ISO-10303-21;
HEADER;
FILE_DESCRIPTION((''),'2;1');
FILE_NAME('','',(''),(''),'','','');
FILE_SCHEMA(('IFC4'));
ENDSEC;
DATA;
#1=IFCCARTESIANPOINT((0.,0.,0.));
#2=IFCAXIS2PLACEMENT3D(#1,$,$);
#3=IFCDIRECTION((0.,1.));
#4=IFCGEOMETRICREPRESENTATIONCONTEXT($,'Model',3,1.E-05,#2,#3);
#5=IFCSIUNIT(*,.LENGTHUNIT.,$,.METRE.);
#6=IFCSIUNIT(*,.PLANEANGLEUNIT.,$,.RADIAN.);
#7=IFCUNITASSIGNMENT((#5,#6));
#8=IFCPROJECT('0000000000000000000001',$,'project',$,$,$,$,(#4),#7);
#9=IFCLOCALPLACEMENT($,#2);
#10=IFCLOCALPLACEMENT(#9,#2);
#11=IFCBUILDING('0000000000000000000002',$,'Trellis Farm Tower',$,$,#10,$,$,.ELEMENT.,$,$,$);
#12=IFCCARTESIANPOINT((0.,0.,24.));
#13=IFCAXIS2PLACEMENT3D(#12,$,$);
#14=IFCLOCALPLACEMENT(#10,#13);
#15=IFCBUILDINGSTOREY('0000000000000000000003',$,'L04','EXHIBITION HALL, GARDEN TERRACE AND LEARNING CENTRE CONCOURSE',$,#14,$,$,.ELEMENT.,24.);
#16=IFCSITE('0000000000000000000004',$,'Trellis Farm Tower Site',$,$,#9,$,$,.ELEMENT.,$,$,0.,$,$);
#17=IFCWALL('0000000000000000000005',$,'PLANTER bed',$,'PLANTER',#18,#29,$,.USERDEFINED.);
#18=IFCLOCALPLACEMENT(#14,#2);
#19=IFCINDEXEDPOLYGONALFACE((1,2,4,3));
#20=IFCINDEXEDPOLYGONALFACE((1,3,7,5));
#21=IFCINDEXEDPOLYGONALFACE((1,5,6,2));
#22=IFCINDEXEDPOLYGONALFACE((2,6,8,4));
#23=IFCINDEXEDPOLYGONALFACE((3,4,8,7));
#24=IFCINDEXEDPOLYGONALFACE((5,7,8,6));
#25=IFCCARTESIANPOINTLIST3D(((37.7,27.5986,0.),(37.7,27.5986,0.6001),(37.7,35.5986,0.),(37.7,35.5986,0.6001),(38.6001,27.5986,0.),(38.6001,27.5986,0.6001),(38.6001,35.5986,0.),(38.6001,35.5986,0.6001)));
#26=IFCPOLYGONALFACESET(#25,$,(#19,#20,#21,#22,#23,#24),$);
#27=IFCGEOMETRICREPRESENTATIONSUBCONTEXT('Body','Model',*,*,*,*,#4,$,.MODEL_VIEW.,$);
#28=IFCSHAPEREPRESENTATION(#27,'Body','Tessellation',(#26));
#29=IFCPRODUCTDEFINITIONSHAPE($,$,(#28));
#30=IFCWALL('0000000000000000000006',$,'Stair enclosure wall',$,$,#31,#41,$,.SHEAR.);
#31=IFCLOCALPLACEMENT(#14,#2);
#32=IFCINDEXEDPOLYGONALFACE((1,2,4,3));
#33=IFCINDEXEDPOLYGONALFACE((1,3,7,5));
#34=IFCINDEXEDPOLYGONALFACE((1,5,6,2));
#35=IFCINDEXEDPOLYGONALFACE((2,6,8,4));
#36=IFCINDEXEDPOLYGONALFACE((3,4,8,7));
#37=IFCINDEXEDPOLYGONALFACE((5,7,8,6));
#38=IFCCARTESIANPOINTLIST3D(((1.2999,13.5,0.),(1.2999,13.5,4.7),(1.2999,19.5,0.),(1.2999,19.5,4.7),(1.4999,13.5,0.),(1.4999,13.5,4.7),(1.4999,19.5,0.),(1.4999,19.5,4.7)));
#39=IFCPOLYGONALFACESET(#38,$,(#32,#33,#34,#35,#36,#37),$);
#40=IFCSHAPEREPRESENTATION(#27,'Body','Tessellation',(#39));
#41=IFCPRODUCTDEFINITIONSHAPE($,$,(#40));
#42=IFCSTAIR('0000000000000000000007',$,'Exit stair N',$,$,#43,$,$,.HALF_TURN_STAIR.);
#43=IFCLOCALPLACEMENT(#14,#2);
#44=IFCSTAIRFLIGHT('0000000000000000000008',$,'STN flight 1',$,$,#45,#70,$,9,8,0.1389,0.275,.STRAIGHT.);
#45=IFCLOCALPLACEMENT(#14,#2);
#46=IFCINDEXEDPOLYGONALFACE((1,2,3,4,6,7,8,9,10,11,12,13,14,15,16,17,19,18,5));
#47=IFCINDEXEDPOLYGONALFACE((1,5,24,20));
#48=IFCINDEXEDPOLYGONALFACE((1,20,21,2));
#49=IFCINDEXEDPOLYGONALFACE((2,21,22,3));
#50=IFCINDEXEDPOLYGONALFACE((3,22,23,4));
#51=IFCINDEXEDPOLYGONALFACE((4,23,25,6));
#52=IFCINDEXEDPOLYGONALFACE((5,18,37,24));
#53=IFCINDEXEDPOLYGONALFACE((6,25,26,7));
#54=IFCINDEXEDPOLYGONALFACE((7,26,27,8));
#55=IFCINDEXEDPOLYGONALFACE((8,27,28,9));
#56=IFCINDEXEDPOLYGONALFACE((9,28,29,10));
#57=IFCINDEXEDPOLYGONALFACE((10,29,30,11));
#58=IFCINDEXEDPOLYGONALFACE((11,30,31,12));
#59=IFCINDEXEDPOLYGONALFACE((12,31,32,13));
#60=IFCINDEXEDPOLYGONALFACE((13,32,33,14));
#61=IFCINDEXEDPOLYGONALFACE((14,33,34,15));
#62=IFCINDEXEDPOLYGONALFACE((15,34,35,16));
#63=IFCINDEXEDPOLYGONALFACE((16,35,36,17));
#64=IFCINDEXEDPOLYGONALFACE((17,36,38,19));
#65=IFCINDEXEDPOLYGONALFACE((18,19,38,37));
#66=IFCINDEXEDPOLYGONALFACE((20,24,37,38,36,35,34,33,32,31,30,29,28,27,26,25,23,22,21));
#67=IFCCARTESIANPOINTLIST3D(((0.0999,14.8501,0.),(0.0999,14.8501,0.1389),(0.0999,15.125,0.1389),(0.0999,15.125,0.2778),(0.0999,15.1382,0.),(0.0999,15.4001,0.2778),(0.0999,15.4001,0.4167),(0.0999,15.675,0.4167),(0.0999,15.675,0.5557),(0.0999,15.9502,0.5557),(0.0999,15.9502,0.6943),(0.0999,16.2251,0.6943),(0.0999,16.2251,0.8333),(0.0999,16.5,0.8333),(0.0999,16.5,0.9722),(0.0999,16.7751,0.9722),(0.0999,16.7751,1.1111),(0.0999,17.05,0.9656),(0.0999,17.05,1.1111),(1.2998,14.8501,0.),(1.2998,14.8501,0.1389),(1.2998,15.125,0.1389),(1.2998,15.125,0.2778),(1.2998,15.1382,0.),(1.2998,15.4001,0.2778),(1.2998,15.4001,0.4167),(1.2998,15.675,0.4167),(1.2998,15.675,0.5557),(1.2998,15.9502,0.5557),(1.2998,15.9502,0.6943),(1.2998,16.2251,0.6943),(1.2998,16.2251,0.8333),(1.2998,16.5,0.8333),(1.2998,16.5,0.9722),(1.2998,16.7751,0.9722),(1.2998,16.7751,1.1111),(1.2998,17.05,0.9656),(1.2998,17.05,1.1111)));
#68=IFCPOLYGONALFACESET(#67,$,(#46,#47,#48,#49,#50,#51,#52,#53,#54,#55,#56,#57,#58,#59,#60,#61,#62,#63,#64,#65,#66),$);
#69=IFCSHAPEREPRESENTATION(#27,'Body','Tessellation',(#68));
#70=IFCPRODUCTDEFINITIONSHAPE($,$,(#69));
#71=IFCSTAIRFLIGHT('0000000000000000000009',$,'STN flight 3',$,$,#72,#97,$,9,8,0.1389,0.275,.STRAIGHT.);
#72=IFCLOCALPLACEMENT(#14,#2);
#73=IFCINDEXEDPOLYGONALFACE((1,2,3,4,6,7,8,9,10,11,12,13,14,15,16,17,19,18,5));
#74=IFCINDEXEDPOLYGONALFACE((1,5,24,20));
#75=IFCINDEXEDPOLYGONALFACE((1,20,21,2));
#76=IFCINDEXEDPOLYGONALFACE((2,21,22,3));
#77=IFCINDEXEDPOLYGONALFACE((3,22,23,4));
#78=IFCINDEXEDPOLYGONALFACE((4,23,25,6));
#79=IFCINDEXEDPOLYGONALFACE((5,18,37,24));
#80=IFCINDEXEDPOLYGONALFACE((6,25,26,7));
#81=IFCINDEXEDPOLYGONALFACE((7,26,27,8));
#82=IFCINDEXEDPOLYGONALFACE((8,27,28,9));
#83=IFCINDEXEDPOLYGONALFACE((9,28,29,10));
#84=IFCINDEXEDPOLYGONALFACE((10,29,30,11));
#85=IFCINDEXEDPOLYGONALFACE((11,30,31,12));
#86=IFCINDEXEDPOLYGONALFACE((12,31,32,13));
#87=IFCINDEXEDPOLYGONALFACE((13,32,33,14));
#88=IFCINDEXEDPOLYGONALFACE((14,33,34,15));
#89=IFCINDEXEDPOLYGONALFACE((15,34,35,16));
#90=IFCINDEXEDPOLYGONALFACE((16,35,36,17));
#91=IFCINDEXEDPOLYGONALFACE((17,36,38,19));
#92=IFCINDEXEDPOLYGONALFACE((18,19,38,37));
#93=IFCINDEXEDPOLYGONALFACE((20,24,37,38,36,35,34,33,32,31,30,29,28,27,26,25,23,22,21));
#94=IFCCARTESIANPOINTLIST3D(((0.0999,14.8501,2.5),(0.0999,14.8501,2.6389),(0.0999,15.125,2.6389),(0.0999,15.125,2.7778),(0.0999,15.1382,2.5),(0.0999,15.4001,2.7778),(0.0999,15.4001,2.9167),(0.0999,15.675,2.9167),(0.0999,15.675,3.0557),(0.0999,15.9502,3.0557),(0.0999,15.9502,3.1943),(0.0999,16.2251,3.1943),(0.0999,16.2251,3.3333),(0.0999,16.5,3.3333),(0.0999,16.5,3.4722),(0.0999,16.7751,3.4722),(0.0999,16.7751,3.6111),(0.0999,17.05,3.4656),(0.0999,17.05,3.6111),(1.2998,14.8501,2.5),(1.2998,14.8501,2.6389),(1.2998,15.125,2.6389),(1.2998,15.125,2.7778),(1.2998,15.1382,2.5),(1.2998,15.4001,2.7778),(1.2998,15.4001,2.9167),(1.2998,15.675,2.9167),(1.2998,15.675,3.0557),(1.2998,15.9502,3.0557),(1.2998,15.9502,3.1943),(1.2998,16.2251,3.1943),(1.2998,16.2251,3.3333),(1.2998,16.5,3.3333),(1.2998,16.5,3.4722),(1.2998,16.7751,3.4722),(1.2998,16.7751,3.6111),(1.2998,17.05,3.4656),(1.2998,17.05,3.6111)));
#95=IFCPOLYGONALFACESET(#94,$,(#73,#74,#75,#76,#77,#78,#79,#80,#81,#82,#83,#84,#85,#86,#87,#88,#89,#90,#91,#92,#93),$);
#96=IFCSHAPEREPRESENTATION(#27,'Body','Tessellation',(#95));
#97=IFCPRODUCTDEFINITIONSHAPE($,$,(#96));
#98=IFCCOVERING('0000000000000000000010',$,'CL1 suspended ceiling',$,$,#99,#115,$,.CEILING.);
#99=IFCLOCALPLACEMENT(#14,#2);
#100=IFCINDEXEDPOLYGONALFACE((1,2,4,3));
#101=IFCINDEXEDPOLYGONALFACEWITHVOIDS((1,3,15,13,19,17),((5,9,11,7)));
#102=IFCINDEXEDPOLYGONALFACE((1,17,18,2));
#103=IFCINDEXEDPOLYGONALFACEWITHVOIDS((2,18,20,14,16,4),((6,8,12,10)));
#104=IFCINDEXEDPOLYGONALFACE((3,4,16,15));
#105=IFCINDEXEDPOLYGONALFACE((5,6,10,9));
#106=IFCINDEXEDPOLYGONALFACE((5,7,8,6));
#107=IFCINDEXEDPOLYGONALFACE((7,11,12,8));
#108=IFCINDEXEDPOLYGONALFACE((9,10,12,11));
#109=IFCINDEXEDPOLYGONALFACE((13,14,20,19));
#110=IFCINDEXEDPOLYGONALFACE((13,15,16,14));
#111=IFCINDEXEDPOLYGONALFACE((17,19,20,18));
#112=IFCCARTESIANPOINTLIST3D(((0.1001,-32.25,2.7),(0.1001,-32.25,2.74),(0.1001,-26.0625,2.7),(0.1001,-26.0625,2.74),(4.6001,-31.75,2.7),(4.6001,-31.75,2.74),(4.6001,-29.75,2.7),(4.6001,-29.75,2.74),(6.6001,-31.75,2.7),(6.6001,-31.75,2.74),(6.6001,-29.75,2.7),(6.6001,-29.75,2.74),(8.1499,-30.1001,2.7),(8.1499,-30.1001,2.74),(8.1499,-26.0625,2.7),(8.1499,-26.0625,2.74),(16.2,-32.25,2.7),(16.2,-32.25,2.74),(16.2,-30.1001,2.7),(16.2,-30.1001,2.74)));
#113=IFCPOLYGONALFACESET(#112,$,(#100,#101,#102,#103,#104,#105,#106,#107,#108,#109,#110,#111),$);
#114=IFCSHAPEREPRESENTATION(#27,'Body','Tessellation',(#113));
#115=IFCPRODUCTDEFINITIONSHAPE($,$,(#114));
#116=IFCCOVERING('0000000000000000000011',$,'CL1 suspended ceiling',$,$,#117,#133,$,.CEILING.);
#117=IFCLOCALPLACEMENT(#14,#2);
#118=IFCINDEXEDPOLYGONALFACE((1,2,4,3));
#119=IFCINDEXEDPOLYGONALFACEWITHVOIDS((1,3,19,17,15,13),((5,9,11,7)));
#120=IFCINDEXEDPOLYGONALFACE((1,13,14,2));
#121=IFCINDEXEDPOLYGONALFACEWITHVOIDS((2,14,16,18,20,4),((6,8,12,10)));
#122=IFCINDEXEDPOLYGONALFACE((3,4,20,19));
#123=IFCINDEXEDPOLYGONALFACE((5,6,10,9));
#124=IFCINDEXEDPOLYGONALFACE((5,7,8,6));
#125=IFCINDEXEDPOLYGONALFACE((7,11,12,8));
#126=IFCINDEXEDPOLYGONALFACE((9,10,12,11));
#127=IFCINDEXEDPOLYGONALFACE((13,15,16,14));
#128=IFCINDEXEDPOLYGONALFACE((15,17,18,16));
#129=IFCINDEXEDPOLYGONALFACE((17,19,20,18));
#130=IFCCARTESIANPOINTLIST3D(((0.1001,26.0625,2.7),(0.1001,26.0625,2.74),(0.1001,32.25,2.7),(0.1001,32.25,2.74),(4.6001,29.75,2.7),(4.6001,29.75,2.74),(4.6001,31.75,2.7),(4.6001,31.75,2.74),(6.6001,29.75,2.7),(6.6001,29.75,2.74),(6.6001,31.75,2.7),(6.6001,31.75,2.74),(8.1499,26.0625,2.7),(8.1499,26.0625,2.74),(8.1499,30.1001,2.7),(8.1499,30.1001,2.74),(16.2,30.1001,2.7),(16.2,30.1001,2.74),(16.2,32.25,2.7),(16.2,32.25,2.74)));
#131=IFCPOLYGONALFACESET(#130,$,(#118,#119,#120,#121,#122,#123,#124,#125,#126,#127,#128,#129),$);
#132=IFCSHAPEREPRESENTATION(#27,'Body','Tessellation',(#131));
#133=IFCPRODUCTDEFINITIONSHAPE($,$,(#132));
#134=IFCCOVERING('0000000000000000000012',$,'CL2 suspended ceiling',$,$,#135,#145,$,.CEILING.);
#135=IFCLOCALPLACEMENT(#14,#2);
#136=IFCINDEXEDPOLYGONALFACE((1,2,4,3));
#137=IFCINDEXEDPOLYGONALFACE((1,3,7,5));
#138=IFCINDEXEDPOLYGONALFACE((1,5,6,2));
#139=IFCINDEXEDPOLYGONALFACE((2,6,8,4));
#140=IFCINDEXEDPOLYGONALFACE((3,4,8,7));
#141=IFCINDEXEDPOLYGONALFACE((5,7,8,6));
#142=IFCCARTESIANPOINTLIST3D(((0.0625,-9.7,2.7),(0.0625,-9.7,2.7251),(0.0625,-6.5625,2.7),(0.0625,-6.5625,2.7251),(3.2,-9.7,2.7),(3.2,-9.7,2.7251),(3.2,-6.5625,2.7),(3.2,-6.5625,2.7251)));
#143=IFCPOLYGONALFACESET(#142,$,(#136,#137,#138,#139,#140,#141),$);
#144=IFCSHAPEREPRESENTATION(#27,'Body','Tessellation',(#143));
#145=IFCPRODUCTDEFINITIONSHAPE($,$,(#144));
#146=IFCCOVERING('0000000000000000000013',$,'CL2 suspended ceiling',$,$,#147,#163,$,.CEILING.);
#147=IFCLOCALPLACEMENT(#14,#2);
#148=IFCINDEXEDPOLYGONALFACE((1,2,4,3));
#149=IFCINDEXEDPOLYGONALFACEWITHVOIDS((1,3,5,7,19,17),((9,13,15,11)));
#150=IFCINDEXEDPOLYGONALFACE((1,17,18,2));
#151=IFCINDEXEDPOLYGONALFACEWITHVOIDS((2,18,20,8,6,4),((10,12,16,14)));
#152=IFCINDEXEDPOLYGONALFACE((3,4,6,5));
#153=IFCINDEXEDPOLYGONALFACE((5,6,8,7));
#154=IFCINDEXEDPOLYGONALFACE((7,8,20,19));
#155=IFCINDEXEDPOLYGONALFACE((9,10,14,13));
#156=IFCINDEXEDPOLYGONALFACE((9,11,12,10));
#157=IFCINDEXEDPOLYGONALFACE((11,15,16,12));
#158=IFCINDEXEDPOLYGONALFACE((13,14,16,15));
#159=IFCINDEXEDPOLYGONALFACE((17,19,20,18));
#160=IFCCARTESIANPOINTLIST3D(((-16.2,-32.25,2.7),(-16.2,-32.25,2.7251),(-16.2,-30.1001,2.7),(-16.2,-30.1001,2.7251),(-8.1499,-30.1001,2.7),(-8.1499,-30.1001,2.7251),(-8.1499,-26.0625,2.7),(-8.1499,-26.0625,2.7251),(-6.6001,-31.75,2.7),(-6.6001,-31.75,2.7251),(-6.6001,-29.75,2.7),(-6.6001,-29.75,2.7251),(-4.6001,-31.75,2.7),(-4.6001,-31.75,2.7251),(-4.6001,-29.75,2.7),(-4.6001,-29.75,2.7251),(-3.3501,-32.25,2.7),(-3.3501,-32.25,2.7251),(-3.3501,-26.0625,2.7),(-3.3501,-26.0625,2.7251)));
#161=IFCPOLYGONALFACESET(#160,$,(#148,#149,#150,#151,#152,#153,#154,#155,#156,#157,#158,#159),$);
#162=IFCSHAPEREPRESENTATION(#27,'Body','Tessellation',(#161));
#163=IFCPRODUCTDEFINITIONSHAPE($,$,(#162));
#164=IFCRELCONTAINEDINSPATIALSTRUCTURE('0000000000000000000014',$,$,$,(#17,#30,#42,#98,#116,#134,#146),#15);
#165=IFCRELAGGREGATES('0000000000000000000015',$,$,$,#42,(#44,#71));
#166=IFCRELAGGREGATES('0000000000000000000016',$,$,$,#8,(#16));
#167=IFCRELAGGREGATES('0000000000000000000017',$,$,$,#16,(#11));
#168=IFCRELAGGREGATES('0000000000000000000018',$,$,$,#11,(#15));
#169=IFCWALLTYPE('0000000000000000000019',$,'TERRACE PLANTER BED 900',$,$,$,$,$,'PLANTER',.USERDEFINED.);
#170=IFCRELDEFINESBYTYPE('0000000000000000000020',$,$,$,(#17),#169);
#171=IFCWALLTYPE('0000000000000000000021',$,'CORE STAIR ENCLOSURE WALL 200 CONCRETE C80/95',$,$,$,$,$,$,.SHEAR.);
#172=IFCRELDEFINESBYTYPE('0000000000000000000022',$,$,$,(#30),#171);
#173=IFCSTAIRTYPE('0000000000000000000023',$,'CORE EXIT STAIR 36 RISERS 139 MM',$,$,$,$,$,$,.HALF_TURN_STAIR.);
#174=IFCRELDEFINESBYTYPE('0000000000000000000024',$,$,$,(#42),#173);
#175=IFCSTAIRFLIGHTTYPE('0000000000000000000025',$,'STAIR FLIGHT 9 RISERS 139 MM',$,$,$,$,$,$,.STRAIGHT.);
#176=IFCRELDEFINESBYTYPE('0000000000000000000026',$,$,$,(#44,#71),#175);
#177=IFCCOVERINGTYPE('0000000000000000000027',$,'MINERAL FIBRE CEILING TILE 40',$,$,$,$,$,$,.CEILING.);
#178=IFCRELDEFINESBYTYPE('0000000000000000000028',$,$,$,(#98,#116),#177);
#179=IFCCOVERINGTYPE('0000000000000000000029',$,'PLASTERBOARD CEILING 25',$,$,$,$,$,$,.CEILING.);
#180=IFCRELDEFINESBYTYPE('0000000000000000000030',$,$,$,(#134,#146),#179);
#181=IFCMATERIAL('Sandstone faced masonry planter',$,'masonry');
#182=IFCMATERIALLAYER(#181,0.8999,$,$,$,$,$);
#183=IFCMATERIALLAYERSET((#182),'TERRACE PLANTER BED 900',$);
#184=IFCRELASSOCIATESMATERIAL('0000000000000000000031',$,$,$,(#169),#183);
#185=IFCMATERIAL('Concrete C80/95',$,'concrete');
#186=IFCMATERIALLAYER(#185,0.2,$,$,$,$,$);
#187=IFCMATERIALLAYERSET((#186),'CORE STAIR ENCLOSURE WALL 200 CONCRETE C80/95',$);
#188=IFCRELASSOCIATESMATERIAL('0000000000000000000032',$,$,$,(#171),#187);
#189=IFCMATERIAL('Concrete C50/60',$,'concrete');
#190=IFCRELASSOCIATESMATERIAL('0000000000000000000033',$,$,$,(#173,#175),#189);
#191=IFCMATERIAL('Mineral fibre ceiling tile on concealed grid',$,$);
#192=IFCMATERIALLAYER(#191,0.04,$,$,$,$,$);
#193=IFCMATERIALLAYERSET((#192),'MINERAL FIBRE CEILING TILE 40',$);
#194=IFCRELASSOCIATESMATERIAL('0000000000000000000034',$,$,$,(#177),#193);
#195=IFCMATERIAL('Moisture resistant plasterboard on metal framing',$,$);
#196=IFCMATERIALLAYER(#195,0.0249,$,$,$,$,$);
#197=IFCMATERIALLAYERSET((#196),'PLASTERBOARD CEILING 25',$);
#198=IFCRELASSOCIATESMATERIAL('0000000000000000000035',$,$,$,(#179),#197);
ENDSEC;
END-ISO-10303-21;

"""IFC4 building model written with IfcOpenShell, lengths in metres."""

from ifc_helpers import new_model, si_unit, direction, frame, frame_2d, origin, place, context, subcontext, project, spatial, polyline, rectangle, outline, extrude, source, transform, mapped, material, layer, layer_set, type_object, element, aggregate, save


model = new_model("IFC4")

# Units and contexts
model_context = context("Model", 3, precision=1e-05, world=origin(), true_north=direction((0.0, 1.0)))
body_context = subcontext(model_context, "Body", "Model", "MODEL_VIEW")
ifc_project = project(units=[si_unit("LENGTHUNIT", "METRE"), si_unit("PLANEANGLEUNIT", "RADIAN")], contexts=[model_context])

# Site, building, storey
site_placement = place(None, origin())
site = spatial("IfcSite", under=ifc_project, at=site_placement, Name="Trellis Farm Tower Site", CompositionType="ELEMENT", RefElevation=0.0)
building_placement = place(site_placement, origin())
building = spatial("IfcBuilding", under=site, at=building_placement, Name="Trellis Farm Tower", CompositionType="ELEMENT")
storey_placement = place(building_placement, frame((0.0, 0.0, 24.0)))
storey = spatial("IfcBuildingStorey", under=building, at=storey_placement, Name="L04", Description="EXHIBITION HALL, GARDEN TERRACE AND LEARNING CENTRE CONCOURSE", CompositionType="ELEMENT", Elevation=24.0)

# Shared definitions
ifc_material_1 = material(Name="Concrete C80/95", Category="concrete")

# Walls
placement_1 = place(storey_placement, origin())
ifc_material_2 = material(Name="Sandstone faced masonry planter", Category="masonry")
ifc_layer_1 = layer(ifc_material_2, 0.8999)
ifc_layer_set_1 = layer_set([ifc_layer_1], Name="TERRACE PLANTER BED 900")
wall_type_1 = type_object("IfcWallType", Name="TERRACE PLANTER BED 900", ElementType="PLANTER", PredefinedType="USERDEFINED", material=ifc_layer_set_1)
element("IfcWall", 1, at=placement_1, inside=storey, type_object=wall_type_1, Name="PLANTER bed", ObjectType="PLANTER", PredefinedType="USERDEFINED", context=body_context, shape_type="SweptSolid", body=[
    extrude(outline(polyline([(37.7, 27.5986), (37.7, 35.5986), (38.6001, 35.5986), (38.6001, 27.5986), (37.7, 27.5986)])), origin(), (0.0, 0.0, 1.0), 0.6001),
])
ifc_layer_2 = layer(ifc_material_1, 0.2)
ifc_layer_set_2 = layer_set([ifc_layer_2], Name="CORE STAIR ENCLOSURE WALL 200 CONCRETE C80/95")
wall_type_2 = type_object("IfcWallType", Name="CORE STAIR ENCLOSURE WALL 200 CONCRETE C80/95", PredefinedType="SHEAR", material=ifc_layer_set_2)
shared_shape_1 = source(origin(), body_context, "Body", "SweptSolid", [
    extrude(rectangle(XDim=6.0, YDim=0.2, at=frame_2d((3.0, 0.0))), origin(), (0.0, 0.0, 1.0), 4.7),
])
wall_1_placement = place(storey_placement, frame((1.3999, 13.5, 0.0), z_axis=(0.0, 0.0, 1.0), x_axis=(0.0, 1.0, 0.0)))
element("IfcWall", 2, at=wall_1_placement, inside=storey, type_object=wall_type_2, Name="Stair enclosure wall", PredefinedType="SHEAR", context=body_context, shape_type="MappedRepresentation", body=[
    mapped(shared_shape_1, transform((0.0, 0.0, 0.0))),
])

# Stair, stair flights
ifc_material_3 = material(Name="Concrete C50/60", Category="concrete")
stair_type = type_object("IfcStairType", Name="CORE EXIT STAIR 36 RISERS 139 MM", PredefinedType="HALF_TURN_STAIR", material=ifc_material_3)
stair = element("IfcStair", 3, at=placement_1, inside=storey, type_object=stair_type, Name="Exit stair N", PredefinedType="HALF_TURN_STAIR")
stair_flight_type = type_object("IfcStairFlightType", Name="STAIR FLIGHT 9 RISERS 139 MM", PredefinedType="STRAIGHT", material=ifc_material_3)
shared_shape_2 = source(origin(), body_context, "Body", "SweptSolid", [
    extrude(outline(polyline([(0.0, 0.0), (0.0, 0.1389), (0.2749, 0.1389), (0.2749, 0.2778), (0.55, 0.2778), (0.55, 0.4167), (0.825, 0.4167), (0.825, 0.5557), (1.1001, 0.5557), (1.1001, 0.6943), (1.375, 0.6943), (1.375, 0.8333), (1.6499, 0.8333), (1.6499, 0.9722), (1.925, 0.9722), (1.925, 1.1111), (2.2, 1.1111), (2.2, 1.25), (2.2, 0.9656), (0.2881, 0.0), (0.0, 0.0)])), frame((0.0, 0.6001, 0.0), z_axis=(0.0, -1.0, 0.0), x_axis=(1.0, 0.0, 0.0)), (0.0, 0.0, 1.0), 1.2),
])
stair_flight_1_placement = place(storey_placement, frame((0.7, 14.8501, 0.0), z_axis=(0.0, 0.0, 1.0), x_axis=(0.0, 1.0, 0.0)))
stair_flight_1 = element("IfcStairFlight", 4, at=stair_flight_1_placement, type_object=stair_flight_type, Name="STN flight 1", NumberOfRisers=9, NumberOfTreads=8, PredefinedType="STRAIGHT", RiserHeight=0.1389, TreadLength=0.275, context=body_context, shape_type="MappedRepresentation", body=[
    mapped(shared_shape_2, transform((0.0, 0.0, 0.0))),
])
stair_flight_2_placement = place(storey_placement, frame((0.7, 14.8501, 2.5), z_axis=(0.0, 0.0, 1.0), x_axis=(0.0, 1.0, 0.0)))
stair_flight_2 = element("IfcStairFlight", 5, at=stair_flight_2_placement, type_object=stair_flight_type, Name="STN flight 3", NumberOfRisers=9, NumberOfTreads=8, PredefinedType="STRAIGHT", RiserHeight=0.1389, TreadLength=0.275, context=body_context, shape_type="MappedRepresentation", body=[
    mapped(shared_shape_2, transform((0.0, 0.0, 0.0))),
])
aggregate(stair, [stair_flight_1, stair_flight_2])

# Coverings
ifc_material_4 = material(Name="Mineral fibre ceiling tile on concealed grid")
ifc_layer_3 = layer(ifc_material_4, 0.04)
ifc_layer_set_3 = layer_set([ifc_layer_3], Name="MINERAL FIBRE CEILING TILE 40")
covering_type_1 = type_object("IfcCoveringType", Name="MINERAL FIBRE CEILING TILE 40", PredefinedType="CEILING", material=ifc_layer_set_3)
placement_2 = place(storey_placement, frame((0.0, 0.0, 2.7)))
element("IfcCovering", 6, at=placement_2, inside=storey, type_object=covering_type_1, Name="CL1 suspended ceiling", PredefinedType="CEILING", context=body_context, shape_type="SweptSolid", body=[
    extrude(outline(polyline([(0.1001, -26.0625), (8.1499, -26.0625), (8.1499, -30.1001), (16.2, -30.1001), (16.2, -32.25), (0.1001, -32.25), (0.1001, -26.0625)]), holes=[polyline([(6.6001, -31.75), (6.6001, -29.75), (4.6001, -29.75), (4.6001, -31.75), (6.6001, -31.75)])]), origin(), (0.0, 0.0, 1.0), 0.04),
])
element("IfcCovering", 7, at=placement_2, inside=storey, type_object=covering_type_1, Name="CL1 suspended ceiling", PredefinedType="CEILING", context=body_context, shape_type="SweptSolid", body=[
    extrude(outline(polyline([(16.2, 30.1001), (8.1499, 30.1001), (8.1499, 26.0625), (0.1001, 26.0625), (0.1001, 32.25), (16.2, 32.25), (16.2, 30.1001)]), holes=[polyline([(4.6001, 29.75), (6.6001, 29.75), (6.6001, 31.75), (4.6001, 31.75), (4.6001, 29.75)])]), origin(), (0.0, 0.0, 1.0), 0.04),
])
ifc_material_5 = material(Name="Moisture resistant plasterboard on metal framing")
ifc_layer_4 = layer(ifc_material_5, 0.0249)
ifc_layer_set_4 = layer_set([ifc_layer_4], Name="PLASTERBOARD CEILING 25")
covering_type_2 = type_object("IfcCoveringType", Name="PLASTERBOARD CEILING 25", PredefinedType="CEILING", material=ifc_layer_set_4)
element("IfcCovering", 8, at=placement_2, inside=storey, type_object=covering_type_2, Name="CL2 suspended ceiling", PredefinedType="CEILING", context=body_context, shape_type="SweptSolid", body=[
    extrude(outline(polyline([(3.2, -9.7), (0.0625, -9.7), (0.0625, -6.5625), (3.2, -6.5625), (3.2, -9.7)])), origin(), (0.0, 0.0, 1.0), 0.0251),
])
element("IfcCovering", 9, at=placement_2, inside=storey, type_object=covering_type_2, Name="CL2 suspended ceiling", PredefinedType="CEILING", context=body_context, shape_type="SweptSolid", body=[
    extrude(outline(polyline([(-16.2, -30.1001), (-8.1499, -30.1001), (-8.1499, -26.0625), (-3.3501, -26.0625), (-3.3501, -32.25), (-16.2, -32.25), (-16.2, -30.1001)]), holes=[polyline([(-4.6001, -31.75), (-4.6001, -29.75), (-6.6001, -29.75), (-6.6001, -31.75), (-4.6001, -31.75)])]), origin(), (0.0, 0.0, 1.0), 0.0251),
])

save(model, "model.ifc")
